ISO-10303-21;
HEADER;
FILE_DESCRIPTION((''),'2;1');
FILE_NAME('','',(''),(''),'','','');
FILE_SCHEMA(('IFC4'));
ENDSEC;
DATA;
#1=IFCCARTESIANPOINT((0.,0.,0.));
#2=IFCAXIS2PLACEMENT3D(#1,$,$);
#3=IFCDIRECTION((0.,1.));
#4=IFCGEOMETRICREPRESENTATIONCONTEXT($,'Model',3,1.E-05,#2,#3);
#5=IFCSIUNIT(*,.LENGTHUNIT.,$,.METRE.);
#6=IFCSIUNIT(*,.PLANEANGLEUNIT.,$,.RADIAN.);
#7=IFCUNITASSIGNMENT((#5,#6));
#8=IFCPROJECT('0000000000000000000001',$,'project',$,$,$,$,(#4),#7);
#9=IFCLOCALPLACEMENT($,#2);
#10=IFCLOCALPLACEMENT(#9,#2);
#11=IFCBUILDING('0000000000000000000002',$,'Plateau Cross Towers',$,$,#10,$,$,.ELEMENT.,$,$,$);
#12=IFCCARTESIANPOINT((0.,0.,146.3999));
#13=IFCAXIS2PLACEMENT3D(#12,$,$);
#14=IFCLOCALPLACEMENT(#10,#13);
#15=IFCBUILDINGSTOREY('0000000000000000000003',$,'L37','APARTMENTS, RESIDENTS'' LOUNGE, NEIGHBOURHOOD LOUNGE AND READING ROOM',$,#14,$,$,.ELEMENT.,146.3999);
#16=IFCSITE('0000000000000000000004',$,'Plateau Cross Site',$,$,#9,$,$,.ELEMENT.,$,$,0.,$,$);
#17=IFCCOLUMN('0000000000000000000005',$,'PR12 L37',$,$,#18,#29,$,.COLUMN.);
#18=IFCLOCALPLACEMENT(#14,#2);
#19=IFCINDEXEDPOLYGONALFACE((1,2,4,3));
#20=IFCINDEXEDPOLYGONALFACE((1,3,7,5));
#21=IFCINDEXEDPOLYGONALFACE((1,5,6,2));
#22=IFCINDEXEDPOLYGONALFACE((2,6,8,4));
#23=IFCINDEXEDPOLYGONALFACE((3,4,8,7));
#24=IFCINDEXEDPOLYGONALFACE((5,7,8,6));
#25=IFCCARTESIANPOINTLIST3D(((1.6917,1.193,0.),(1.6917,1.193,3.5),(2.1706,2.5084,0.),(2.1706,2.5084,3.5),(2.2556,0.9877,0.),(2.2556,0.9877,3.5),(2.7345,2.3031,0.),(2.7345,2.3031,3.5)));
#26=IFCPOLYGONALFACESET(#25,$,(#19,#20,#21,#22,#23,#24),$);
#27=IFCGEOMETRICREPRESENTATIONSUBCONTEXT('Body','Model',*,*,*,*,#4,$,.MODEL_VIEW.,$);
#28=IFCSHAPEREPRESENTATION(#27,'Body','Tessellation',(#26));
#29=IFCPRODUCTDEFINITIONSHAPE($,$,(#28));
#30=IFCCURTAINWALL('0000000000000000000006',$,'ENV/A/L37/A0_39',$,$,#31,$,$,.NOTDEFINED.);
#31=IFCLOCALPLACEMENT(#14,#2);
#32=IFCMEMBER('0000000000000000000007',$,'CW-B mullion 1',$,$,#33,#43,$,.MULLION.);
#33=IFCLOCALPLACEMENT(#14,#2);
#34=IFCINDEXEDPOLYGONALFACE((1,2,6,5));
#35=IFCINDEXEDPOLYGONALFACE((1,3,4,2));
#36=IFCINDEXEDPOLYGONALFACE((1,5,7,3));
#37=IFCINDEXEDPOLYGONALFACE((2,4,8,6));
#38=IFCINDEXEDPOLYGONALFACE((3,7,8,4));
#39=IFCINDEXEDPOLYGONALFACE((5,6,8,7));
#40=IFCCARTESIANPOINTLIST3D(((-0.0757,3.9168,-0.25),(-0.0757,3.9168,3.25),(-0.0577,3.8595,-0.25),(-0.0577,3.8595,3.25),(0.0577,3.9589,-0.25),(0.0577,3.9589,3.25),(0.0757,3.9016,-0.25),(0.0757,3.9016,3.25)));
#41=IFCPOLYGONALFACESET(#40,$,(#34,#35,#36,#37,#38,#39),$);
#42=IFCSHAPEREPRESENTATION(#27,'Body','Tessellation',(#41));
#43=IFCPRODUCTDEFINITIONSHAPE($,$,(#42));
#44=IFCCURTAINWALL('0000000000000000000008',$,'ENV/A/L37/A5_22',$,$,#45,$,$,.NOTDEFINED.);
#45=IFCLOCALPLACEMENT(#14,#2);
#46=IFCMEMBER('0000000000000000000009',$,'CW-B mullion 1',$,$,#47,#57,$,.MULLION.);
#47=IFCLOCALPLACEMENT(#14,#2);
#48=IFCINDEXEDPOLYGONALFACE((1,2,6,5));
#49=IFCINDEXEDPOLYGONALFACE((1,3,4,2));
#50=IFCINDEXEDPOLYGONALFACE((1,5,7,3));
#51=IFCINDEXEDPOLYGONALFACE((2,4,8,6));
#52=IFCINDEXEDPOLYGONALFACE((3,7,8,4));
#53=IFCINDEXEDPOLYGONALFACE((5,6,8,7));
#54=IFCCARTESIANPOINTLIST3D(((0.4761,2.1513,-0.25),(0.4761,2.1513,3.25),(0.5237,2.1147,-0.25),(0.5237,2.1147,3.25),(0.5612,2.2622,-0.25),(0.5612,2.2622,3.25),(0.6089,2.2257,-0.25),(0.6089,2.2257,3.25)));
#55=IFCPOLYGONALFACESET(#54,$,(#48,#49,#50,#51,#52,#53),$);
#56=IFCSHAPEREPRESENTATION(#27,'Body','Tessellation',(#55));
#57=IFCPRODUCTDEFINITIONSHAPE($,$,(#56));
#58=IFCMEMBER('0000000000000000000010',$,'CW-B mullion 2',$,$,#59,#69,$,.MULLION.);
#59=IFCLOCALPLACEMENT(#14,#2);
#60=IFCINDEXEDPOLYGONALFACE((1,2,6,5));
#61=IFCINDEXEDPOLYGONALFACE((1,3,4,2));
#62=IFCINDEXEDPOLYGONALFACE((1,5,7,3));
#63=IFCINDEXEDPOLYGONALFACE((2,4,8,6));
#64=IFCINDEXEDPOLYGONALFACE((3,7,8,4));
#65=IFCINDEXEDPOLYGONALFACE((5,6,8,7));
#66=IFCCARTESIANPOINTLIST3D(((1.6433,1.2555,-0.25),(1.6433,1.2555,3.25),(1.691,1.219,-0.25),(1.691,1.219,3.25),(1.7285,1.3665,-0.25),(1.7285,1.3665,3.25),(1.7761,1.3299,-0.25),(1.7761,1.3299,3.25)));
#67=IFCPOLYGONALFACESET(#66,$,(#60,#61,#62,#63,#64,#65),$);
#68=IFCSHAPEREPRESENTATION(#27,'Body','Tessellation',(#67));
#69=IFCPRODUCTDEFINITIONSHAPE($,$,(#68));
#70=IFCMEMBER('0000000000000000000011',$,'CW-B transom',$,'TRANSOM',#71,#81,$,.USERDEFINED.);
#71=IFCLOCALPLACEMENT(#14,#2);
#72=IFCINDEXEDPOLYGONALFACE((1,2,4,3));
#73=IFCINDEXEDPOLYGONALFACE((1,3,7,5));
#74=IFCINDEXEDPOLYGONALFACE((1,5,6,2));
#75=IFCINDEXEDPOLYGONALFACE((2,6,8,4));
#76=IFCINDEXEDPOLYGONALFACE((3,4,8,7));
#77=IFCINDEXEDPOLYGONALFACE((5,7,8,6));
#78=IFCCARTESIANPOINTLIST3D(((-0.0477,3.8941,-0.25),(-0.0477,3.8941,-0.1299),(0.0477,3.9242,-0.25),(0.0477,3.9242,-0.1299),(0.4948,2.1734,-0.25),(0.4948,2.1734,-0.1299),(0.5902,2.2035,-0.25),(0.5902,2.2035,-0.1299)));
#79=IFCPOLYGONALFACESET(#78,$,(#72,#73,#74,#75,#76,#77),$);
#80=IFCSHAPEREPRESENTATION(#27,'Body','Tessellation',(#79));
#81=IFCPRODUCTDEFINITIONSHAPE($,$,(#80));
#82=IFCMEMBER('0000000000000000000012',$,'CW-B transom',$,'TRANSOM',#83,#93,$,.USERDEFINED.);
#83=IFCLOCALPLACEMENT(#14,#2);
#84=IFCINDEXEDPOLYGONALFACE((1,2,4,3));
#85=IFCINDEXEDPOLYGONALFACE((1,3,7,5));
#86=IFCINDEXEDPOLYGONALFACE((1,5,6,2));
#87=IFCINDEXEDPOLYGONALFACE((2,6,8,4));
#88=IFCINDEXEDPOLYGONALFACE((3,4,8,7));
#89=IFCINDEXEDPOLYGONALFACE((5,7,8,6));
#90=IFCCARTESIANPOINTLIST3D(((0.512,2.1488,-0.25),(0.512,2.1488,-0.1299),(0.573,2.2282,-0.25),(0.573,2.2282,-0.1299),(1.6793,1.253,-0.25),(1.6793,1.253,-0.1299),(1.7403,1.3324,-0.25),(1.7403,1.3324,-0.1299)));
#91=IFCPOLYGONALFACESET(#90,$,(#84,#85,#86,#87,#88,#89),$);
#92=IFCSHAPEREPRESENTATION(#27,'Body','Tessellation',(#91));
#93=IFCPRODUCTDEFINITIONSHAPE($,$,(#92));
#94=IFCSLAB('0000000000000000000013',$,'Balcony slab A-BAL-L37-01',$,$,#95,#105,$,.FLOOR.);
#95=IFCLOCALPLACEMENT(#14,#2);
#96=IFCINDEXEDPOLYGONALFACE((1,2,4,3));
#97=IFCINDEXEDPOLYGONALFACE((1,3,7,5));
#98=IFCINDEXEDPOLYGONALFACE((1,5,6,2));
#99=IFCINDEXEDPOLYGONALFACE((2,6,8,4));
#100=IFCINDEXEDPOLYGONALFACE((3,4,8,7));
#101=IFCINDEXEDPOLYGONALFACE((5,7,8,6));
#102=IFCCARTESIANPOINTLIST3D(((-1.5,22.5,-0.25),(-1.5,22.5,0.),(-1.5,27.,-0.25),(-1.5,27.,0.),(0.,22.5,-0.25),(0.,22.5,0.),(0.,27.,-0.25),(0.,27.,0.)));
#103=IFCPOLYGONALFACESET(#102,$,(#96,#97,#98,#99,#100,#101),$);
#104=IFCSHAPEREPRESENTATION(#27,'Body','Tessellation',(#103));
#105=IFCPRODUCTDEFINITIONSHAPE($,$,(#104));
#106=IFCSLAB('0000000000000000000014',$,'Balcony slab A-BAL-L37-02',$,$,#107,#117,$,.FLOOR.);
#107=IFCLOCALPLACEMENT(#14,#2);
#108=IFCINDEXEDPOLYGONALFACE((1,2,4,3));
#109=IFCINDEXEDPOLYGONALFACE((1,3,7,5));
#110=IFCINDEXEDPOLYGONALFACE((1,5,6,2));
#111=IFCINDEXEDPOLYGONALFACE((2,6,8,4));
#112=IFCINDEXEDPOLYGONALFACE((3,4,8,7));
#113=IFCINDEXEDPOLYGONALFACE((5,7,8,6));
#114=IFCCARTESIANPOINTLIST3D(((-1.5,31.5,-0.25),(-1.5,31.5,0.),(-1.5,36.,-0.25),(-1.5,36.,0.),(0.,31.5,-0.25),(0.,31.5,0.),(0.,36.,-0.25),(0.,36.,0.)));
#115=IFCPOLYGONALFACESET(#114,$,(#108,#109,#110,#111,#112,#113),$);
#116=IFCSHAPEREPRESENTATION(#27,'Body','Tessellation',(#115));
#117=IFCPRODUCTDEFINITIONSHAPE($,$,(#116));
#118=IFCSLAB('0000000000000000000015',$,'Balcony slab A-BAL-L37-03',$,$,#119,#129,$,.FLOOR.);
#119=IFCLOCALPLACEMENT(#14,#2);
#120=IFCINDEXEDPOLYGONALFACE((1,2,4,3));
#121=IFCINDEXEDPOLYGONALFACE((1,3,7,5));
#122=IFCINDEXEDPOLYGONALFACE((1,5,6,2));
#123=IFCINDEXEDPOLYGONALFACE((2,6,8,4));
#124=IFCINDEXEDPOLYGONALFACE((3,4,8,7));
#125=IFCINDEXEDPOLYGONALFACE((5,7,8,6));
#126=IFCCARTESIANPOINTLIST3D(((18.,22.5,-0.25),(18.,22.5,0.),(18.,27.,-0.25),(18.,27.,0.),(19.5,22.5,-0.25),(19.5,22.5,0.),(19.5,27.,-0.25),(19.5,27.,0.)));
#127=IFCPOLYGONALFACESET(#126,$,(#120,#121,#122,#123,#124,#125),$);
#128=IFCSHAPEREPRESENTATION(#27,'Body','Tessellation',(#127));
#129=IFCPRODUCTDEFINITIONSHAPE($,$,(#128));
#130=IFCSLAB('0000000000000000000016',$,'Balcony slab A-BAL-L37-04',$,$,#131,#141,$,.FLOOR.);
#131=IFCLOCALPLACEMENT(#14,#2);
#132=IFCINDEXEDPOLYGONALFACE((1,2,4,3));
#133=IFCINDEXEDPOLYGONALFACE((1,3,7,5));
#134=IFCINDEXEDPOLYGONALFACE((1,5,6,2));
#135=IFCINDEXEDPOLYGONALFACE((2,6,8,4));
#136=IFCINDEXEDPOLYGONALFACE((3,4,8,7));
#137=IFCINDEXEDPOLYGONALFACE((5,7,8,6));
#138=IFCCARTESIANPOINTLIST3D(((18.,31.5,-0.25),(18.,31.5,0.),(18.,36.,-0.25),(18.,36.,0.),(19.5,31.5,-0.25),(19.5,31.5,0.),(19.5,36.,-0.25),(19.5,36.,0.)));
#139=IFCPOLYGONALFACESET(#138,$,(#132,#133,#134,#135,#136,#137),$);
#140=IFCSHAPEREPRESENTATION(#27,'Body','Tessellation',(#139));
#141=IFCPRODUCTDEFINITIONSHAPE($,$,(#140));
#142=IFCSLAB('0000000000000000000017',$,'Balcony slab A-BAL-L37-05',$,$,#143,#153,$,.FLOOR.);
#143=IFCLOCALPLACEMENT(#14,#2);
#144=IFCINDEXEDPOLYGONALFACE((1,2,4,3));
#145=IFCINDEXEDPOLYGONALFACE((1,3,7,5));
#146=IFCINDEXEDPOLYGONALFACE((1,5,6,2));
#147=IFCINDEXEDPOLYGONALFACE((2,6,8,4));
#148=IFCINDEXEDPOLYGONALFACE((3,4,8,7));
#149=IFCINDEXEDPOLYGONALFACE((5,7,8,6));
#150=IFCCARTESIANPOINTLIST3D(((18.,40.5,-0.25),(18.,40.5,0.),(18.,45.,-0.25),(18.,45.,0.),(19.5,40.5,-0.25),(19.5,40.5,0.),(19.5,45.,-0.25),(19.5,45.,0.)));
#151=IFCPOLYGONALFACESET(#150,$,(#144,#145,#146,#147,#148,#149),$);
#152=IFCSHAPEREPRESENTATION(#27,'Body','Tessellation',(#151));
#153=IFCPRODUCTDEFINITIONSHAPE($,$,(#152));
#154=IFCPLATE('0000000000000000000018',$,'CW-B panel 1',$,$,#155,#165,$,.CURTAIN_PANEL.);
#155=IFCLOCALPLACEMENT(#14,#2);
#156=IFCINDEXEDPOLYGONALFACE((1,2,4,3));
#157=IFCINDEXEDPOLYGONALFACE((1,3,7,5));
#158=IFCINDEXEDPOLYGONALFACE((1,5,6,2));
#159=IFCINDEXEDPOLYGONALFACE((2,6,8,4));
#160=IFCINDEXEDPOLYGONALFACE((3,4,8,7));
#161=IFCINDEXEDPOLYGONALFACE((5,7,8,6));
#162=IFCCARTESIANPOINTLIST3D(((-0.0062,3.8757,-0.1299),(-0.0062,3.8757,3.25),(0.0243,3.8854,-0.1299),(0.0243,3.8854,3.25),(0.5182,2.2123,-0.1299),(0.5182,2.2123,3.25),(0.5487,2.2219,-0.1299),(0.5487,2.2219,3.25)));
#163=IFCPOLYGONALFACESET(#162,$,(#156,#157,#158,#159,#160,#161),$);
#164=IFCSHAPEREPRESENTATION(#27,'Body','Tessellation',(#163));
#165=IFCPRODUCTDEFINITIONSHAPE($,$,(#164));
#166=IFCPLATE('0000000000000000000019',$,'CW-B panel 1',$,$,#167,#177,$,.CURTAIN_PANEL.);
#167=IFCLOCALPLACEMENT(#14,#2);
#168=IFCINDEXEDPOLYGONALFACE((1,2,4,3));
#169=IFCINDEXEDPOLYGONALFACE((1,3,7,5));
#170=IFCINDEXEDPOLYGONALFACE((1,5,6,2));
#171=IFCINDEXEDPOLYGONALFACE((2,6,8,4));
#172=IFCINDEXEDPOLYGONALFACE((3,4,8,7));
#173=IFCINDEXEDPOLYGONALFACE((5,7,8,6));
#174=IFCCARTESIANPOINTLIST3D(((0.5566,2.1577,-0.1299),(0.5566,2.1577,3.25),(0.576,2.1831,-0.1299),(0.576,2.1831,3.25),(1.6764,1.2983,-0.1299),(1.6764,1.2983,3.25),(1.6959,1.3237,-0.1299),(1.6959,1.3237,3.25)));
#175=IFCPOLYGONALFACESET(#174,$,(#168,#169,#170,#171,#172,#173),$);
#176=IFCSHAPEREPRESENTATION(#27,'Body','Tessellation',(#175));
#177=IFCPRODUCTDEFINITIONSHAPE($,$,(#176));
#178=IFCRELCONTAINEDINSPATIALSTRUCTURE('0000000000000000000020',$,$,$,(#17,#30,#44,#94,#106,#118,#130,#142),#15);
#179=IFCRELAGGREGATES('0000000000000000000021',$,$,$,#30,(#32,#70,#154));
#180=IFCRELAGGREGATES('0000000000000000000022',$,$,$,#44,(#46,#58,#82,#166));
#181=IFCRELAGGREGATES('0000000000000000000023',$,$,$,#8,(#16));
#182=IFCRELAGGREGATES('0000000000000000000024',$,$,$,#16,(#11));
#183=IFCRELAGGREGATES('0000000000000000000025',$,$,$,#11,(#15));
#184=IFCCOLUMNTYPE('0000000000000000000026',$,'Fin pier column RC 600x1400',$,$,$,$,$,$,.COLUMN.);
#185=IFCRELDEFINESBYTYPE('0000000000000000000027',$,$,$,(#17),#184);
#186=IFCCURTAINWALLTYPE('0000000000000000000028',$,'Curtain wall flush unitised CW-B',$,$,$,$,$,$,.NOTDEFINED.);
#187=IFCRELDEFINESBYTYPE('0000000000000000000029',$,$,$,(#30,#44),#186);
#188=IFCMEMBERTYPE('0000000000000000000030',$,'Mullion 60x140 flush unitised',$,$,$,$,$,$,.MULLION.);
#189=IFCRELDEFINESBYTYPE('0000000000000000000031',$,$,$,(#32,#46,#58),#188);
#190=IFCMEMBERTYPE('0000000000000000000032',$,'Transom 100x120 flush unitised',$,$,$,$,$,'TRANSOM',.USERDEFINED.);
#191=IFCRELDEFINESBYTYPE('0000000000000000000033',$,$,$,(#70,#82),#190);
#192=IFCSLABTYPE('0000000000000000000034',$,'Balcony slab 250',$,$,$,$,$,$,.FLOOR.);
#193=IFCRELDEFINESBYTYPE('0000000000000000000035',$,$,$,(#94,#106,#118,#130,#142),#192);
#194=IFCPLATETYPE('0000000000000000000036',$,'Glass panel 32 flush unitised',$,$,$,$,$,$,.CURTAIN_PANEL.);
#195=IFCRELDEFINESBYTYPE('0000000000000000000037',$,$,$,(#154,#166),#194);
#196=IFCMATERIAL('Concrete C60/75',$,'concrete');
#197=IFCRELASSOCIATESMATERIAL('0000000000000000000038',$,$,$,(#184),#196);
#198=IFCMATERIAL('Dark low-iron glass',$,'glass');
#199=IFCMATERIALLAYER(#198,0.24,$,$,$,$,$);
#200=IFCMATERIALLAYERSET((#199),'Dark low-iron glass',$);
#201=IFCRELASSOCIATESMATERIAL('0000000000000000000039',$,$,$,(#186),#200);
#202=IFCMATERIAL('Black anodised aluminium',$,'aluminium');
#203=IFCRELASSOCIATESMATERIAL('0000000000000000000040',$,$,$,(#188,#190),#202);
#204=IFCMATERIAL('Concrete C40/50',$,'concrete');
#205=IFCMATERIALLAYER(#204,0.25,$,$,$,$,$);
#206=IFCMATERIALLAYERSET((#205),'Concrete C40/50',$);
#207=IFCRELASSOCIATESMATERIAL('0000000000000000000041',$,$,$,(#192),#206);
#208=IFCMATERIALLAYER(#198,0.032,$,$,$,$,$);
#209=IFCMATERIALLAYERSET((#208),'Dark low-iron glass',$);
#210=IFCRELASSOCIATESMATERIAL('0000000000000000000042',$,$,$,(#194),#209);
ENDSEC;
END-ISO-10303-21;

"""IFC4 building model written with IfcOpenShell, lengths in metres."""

from ifc_helpers import new_model, si_unit, direction, frame, origin, origin_2d, place, context, subcontext, project, spatial, polyline, rectangle, outline, extrude, material, layer, layer_set, material_profile, profile_set, type_object, element, aggregate, save


model = new_model("IFC4")

# Units and contexts
model_context = context("Model", 3, precision=1e-05, world=origin(), true_north=direction((0.0, 1.0)))
body_context = subcontext(model_context, "Body", "Model", "MODEL_VIEW")
ifc_project = project(units=[si_unit("LENGTHUNIT", "METRE"), si_unit("PLANEANGLEUNIT", "RADIAN")], contexts=[model_context])

# Site, building, storey
site_placement = place(None, origin())
site = spatial("IfcSite", under=ifc_project, at=site_placement, Name="Plateau Cross Site", CompositionType="ELEMENT", RefElevation=0.0)
building_placement = place(site_placement, origin())
building = spatial("IfcBuilding", under=site, at=building_placement, Name="Plateau Cross Towers", CompositionType="ELEMENT")
storey_placement = place(building_placement, frame((0.0, 0.0, 146.3999)))
storey = spatial("IfcBuildingStorey", under=building, at=storey_placement, Name="L37", Description="APARTMENTS, RESIDENTS' LOUNGE, NEIGHBOURHOOD LOUNGE AND READING ROOM", CompositionType="ELEMENT", Elevation=146.3999)

# Column
ifc_material_1 = material(Name="Concrete C60/75", Category="concrete")
ifc_material_profile_1 = material_profile(ifc_material_1, rectangle(XDim=0.6001, YDim=1.3999, at=origin_2d()), Name="RC 600x1400")
ifc_profile_set_1 = profile_set([ifc_material_profile_1], Name="Concrete C60/75")
column_type = type_object("IfcColumnType", Name="Fin pier column RC 600x1400", PredefinedType="COLUMN", material=ifc_profile_set_1)
column_placement = place(storey_placement, frame((2.2131, 1.748, 0.0), z_axis=(0.0, 0.0, 1.0), x_axis=(-0.939664, 0.342098, 0.0)))
element("IfcColumn", 1, at=column_placement, inside=storey, type_object=column_type, Name="PR12 L37", PredefinedType="COLUMN", context=body_context, shape_type="SweptSolid", body=[
    extrude(rectangle(XDim=0.6001, YDim=1.3999, at=origin_2d()), origin(), (0.0, 0.0, 1.0), 3.5),
])

# Curtain wall, member
ifc_material_2 = material(Name="Dark low-iron glass", Category="glass")
ifc_layer_1 = layer(ifc_material_2, 0.24)
ifc_layer_set_1 = layer_set([ifc_layer_1], Name="Dark low-iron glass")
curtain_wall_type = type_object("IfcCurtainWallType", Name="Curtain wall flush unitised CW-B", PredefinedType="NOTDEFINED", material=ifc_layer_set_1)
curtain_wall_1_placement = place(storey_placement, origin())
curtain_wall_1 = element("IfcCurtainWall", 2, at=curtain_wall_1_placement, inside=storey, type_object=curtain_wall_type, Name="ENV/A/L37/A0_39", PredefinedType="NOTDEFINED")
ifc_material_3 = material(Name="Black anodised aluminium", Category="aluminium")
ifc_material_profile_2 = material_profile(ifc_material_3, rectangle(XDim=0.0601, YDim=0.1399, at=origin_2d()), Name="MULLION 60x140")
ifc_profile_set_2 = profile_set([ifc_material_profile_2], Name="Black anodised aluminium")
member_type_1 = type_object("IfcMemberType", Name="Mullion 60x140 flush unitised", PredefinedType="MULLION", material=ifc_profile_set_2)
member_1_placement = place(storey_placement, frame((0.0, 3.9092, -0.25), z_axis=(0.0, 0.0, 1.0), x_axis=(0.300686, -0.953723, 0.0)))
member_1 = element("IfcMember", 3, at=member_1_placement, type_object=member_type_1, Name="CW-B mullion 1", PredefinedType="MULLION", context=body_context, shape_type="SweptSolid", body=[
    extrude(rectangle(XDim=0.0601, YDim=0.1399, at=origin_2d()), origin(), (0.0, 0.0, 1.0), 3.5),
])

# Curtain wall, members
curtain_wall_2_placement = place(storey_placement, origin())
curtain_wall_2 = element("IfcCurtainWall", 4, at=curtain_wall_2_placement, inside=storey, type_object=curtain_wall_type, Name="ENV/A/L37/A5_22", PredefinedType="NOTDEFINED")
member_2_placement = place(storey_placement, frame((0.5425, 2.1885, -0.25), z_axis=(0.0, 0.0, 1.0), x_axis=(0.793316, -0.608811, 0.0)))
member_2 = element("IfcMember", 5, at=member_2_placement, type_object=member_type_1, Name="CW-B mullion 1", PredefinedType="MULLION", context=body_context, shape_type="SweptSolid", body=[
    extrude(rectangle(XDim=0.0601, YDim=0.1399, at=origin_2d()), origin(), (0.0, 0.0, 1.0), 3.5),
])
member_3_placement = place(storey_placement, frame((1.7097, 1.2927, -0.25), z_axis=(0.0, 0.0, 1.0), x_axis=(0.793316, -0.608811, 0.0)))
member_3 = element("IfcMember", 6, at=member_3_placement, type_object=member_type_1, Name="CW-B mullion 2", PredefinedType="MULLION", context=body_context, shape_type="SweptSolid", body=[
    extrude(rectangle(XDim=0.0601, YDim=0.1399, at=origin_2d()), origin(), (0.0, 0.0, 1.0), 3.5),
])

# Members
ifc_material_profile_3 = material_profile(ifc_material_3, rectangle(XDim=0.1001, YDim=0.1201, at=origin_2d()), Name="TRANSOM 100x120")
ifc_profile_set_3 = profile_set([ifc_material_profile_3], Name="Black anodised aluminium")
member_type_2 = type_object("IfcMemberType", Name="Transom 100x120 flush unitised", ElementType="TRANSOM", PredefinedType="USERDEFINED", material=ifc_profile_set_3)
member_4_placement = place(storey_placement, frame((0.0, 3.9092, -0.1899), z_axis=(0.300678, -0.953726, 0.0), x_axis=(0.953726, 0.300678, 0.0)))
member_4 = element("IfcMember", 7, at=member_4_placement, type_object=member_type_2, Name="CW-B transom", ObjectType="TRANSOM", PredefinedType="USERDEFINED", context=body_context, shape_type="SweptSolid", body=[
    extrude(rectangle(XDim=0.1001, YDim=0.1201, at=origin_2d()), origin(), (0.0, 0.0, 1.0), 1.8042),
])
member_5_placement = place(storey_placement, frame((0.5425, 2.1885, -0.1899), z_axis=(0.793321, -0.608804, 0.0), x_axis=(0.608804, 0.793321, 0.0)))
member_5 = element("IfcMember", 8, at=member_5_placement, type_object=member_type_2, Name="CW-B transom", ObjectType="TRANSOM", PredefinedType="USERDEFINED", context=body_context, shape_type="SweptSolid", body=[
    extrude(rectangle(XDim=0.1001, YDim=0.1201, at=origin_2d()), origin(), (0.0, 0.0, 1.0), 1.4714),
])

# Slabs
ifc_material_4 = material(Name="Concrete C40/50", Category="concrete")
ifc_layer_2 = layer(ifc_material_4, 0.25)
ifc_layer_set_2 = layer_set([ifc_layer_2], Name="Concrete C40/50")
slab_type_1 = type_object("IfcSlabType", Name="Balcony slab 250", PredefinedType="FLOOR", material=ifc_layer_set_2)
slab_1_placement = place(storey_placement, frame((0.0, 0.0, -0.25)))
element("IfcSlab", 9, at=slab_1_placement, inside=storey, type_object=slab_type_1, Name="Balcony slab A-BAL-L37-01", PredefinedType="FLOOR", context=body_context, shape_type="SweptSolid", body=[
    extrude(outline(polyline([(0.0, 22.5), (0.0, 27.0), (-1.5, 27.0), (-1.5, 22.5), (0.0, 22.5)])), origin(), (0.0, 0.0, 1.0), 0.25),
])
slab_2_placement = place(storey_placement, frame((0.0, 0.0, -0.25)))
element("IfcSlab", 10, at=slab_2_placement, inside=storey, type_object=slab_type_1, Name="Balcony slab A-BAL-L37-02", PredefinedType="FLOOR", context=body_context, shape_type="SweptSolid", body=[
    extrude(outline(polyline([(0.0, 31.5), (0.0, 36.0), (-1.5, 36.0), (-1.5, 31.5), (0.0, 31.5)])), origin(), (0.0, 0.0, 1.0), 0.25),
])
slab_3_placement = place(storey_placement, frame((0.0, 0.0, -0.25)))
element("IfcSlab", 11, at=slab_3_placement, inside=storey, type_object=slab_type_1, Name="Balcony slab A-BAL-L37-03", PredefinedType="FLOOR", context=body_context, shape_type="SweptSolid", body=[
    extrude(outline(polyline([(19.5, 22.5), (19.5, 27.0), (18.0, 27.0), (18.0, 22.5), (19.5, 22.5)])), origin(), (0.0, 0.0, 1.0), 0.25),
])
slab_4_placement = place(storey_placement, frame((0.0, 0.0, -0.25)))
element("IfcSlab", 12, at=slab_4_placement, inside=storey, type_object=slab_type_1, Name="Balcony slab A-BAL-L37-04", PredefinedType="FLOOR", context=body_context, shape_type="SweptSolid", body=[
    extrude(outline(polyline([(19.5, 31.5), (19.5, 36.0), (18.0, 36.0), (18.0, 31.5), (19.5, 31.5)])), origin(), (0.0, 0.0, 1.0), 0.25),
])
slab_5_placement = place(storey_placement, frame((0.0, 0.0, -0.25)))
element("IfcSlab", 13, at=slab_5_placement, inside=storey, type_object=slab_type_1, Name="Balcony slab A-BAL-L37-05", PredefinedType="FLOOR", context=body_context, shape_type="SweptSolid", body=[
    extrude(outline(polyline([(19.5, 40.5), (19.5, 45.0), (18.0, 45.0), (18.0, 40.5), (19.5, 40.5)])), origin(), (0.0, 0.0, 1.0), 0.25),
])

# Plates
ifc_layer_3 = layer(ifc_material_2, 0.032)
ifc_layer_set_3 = layer_set([ifc_layer_3], Name="Dark low-iron glass")
plate_type = type_object("IfcPlateType", Name="Glass panel 32 flush unitised", PredefinedType="CURTAIN_PANEL", material=ifc_layer_set_3)
plate_1_placement = place(storey_placement, frame((0.2712, 3.0488, -0.1299), z_axis=(0.0, 0.0, 1.0), x_axis=(0.300686, -0.953723, 0.0)))
plate_1 = element("IfcPlate", 14, at=plate_1_placement, type_object=plate_type, Name="CW-B panel 1", PredefinedType="CURTAIN_PANEL", context=body_context, shape_type="SweptSolid", body=[
    extrude(rectangle(XDim=1.7441, YDim=0.032, at=origin_2d()), origin(), (0.0, 0.0, 1.0), 3.3799),
])
aggregate(curtain_wall_1, [member_1, member_4, plate_1])
plate_2_placement = place(storey_placement, frame((1.1262, 1.7407, -0.1299), z_axis=(0.0, 0.0, 1.0), x_axis=(0.793316, -0.608811, 0.0)))
plate_2 = element("IfcPlate", 15, at=plate_2_placement, type_object=plate_type, Name="CW-B panel 1", PredefinedType="CURTAIN_PANEL", context=body_context, shape_type="SweptSolid", body=[
    extrude(rectangle(XDim=1.4116, YDim=0.032, at=origin_2d()), origin(), (0.0, 0.0, 1.0), 3.3799),
])
aggregate(curtain_wall_2, [member_2, member_3, member_5, plate_2])

save(model, "model.ifc")
